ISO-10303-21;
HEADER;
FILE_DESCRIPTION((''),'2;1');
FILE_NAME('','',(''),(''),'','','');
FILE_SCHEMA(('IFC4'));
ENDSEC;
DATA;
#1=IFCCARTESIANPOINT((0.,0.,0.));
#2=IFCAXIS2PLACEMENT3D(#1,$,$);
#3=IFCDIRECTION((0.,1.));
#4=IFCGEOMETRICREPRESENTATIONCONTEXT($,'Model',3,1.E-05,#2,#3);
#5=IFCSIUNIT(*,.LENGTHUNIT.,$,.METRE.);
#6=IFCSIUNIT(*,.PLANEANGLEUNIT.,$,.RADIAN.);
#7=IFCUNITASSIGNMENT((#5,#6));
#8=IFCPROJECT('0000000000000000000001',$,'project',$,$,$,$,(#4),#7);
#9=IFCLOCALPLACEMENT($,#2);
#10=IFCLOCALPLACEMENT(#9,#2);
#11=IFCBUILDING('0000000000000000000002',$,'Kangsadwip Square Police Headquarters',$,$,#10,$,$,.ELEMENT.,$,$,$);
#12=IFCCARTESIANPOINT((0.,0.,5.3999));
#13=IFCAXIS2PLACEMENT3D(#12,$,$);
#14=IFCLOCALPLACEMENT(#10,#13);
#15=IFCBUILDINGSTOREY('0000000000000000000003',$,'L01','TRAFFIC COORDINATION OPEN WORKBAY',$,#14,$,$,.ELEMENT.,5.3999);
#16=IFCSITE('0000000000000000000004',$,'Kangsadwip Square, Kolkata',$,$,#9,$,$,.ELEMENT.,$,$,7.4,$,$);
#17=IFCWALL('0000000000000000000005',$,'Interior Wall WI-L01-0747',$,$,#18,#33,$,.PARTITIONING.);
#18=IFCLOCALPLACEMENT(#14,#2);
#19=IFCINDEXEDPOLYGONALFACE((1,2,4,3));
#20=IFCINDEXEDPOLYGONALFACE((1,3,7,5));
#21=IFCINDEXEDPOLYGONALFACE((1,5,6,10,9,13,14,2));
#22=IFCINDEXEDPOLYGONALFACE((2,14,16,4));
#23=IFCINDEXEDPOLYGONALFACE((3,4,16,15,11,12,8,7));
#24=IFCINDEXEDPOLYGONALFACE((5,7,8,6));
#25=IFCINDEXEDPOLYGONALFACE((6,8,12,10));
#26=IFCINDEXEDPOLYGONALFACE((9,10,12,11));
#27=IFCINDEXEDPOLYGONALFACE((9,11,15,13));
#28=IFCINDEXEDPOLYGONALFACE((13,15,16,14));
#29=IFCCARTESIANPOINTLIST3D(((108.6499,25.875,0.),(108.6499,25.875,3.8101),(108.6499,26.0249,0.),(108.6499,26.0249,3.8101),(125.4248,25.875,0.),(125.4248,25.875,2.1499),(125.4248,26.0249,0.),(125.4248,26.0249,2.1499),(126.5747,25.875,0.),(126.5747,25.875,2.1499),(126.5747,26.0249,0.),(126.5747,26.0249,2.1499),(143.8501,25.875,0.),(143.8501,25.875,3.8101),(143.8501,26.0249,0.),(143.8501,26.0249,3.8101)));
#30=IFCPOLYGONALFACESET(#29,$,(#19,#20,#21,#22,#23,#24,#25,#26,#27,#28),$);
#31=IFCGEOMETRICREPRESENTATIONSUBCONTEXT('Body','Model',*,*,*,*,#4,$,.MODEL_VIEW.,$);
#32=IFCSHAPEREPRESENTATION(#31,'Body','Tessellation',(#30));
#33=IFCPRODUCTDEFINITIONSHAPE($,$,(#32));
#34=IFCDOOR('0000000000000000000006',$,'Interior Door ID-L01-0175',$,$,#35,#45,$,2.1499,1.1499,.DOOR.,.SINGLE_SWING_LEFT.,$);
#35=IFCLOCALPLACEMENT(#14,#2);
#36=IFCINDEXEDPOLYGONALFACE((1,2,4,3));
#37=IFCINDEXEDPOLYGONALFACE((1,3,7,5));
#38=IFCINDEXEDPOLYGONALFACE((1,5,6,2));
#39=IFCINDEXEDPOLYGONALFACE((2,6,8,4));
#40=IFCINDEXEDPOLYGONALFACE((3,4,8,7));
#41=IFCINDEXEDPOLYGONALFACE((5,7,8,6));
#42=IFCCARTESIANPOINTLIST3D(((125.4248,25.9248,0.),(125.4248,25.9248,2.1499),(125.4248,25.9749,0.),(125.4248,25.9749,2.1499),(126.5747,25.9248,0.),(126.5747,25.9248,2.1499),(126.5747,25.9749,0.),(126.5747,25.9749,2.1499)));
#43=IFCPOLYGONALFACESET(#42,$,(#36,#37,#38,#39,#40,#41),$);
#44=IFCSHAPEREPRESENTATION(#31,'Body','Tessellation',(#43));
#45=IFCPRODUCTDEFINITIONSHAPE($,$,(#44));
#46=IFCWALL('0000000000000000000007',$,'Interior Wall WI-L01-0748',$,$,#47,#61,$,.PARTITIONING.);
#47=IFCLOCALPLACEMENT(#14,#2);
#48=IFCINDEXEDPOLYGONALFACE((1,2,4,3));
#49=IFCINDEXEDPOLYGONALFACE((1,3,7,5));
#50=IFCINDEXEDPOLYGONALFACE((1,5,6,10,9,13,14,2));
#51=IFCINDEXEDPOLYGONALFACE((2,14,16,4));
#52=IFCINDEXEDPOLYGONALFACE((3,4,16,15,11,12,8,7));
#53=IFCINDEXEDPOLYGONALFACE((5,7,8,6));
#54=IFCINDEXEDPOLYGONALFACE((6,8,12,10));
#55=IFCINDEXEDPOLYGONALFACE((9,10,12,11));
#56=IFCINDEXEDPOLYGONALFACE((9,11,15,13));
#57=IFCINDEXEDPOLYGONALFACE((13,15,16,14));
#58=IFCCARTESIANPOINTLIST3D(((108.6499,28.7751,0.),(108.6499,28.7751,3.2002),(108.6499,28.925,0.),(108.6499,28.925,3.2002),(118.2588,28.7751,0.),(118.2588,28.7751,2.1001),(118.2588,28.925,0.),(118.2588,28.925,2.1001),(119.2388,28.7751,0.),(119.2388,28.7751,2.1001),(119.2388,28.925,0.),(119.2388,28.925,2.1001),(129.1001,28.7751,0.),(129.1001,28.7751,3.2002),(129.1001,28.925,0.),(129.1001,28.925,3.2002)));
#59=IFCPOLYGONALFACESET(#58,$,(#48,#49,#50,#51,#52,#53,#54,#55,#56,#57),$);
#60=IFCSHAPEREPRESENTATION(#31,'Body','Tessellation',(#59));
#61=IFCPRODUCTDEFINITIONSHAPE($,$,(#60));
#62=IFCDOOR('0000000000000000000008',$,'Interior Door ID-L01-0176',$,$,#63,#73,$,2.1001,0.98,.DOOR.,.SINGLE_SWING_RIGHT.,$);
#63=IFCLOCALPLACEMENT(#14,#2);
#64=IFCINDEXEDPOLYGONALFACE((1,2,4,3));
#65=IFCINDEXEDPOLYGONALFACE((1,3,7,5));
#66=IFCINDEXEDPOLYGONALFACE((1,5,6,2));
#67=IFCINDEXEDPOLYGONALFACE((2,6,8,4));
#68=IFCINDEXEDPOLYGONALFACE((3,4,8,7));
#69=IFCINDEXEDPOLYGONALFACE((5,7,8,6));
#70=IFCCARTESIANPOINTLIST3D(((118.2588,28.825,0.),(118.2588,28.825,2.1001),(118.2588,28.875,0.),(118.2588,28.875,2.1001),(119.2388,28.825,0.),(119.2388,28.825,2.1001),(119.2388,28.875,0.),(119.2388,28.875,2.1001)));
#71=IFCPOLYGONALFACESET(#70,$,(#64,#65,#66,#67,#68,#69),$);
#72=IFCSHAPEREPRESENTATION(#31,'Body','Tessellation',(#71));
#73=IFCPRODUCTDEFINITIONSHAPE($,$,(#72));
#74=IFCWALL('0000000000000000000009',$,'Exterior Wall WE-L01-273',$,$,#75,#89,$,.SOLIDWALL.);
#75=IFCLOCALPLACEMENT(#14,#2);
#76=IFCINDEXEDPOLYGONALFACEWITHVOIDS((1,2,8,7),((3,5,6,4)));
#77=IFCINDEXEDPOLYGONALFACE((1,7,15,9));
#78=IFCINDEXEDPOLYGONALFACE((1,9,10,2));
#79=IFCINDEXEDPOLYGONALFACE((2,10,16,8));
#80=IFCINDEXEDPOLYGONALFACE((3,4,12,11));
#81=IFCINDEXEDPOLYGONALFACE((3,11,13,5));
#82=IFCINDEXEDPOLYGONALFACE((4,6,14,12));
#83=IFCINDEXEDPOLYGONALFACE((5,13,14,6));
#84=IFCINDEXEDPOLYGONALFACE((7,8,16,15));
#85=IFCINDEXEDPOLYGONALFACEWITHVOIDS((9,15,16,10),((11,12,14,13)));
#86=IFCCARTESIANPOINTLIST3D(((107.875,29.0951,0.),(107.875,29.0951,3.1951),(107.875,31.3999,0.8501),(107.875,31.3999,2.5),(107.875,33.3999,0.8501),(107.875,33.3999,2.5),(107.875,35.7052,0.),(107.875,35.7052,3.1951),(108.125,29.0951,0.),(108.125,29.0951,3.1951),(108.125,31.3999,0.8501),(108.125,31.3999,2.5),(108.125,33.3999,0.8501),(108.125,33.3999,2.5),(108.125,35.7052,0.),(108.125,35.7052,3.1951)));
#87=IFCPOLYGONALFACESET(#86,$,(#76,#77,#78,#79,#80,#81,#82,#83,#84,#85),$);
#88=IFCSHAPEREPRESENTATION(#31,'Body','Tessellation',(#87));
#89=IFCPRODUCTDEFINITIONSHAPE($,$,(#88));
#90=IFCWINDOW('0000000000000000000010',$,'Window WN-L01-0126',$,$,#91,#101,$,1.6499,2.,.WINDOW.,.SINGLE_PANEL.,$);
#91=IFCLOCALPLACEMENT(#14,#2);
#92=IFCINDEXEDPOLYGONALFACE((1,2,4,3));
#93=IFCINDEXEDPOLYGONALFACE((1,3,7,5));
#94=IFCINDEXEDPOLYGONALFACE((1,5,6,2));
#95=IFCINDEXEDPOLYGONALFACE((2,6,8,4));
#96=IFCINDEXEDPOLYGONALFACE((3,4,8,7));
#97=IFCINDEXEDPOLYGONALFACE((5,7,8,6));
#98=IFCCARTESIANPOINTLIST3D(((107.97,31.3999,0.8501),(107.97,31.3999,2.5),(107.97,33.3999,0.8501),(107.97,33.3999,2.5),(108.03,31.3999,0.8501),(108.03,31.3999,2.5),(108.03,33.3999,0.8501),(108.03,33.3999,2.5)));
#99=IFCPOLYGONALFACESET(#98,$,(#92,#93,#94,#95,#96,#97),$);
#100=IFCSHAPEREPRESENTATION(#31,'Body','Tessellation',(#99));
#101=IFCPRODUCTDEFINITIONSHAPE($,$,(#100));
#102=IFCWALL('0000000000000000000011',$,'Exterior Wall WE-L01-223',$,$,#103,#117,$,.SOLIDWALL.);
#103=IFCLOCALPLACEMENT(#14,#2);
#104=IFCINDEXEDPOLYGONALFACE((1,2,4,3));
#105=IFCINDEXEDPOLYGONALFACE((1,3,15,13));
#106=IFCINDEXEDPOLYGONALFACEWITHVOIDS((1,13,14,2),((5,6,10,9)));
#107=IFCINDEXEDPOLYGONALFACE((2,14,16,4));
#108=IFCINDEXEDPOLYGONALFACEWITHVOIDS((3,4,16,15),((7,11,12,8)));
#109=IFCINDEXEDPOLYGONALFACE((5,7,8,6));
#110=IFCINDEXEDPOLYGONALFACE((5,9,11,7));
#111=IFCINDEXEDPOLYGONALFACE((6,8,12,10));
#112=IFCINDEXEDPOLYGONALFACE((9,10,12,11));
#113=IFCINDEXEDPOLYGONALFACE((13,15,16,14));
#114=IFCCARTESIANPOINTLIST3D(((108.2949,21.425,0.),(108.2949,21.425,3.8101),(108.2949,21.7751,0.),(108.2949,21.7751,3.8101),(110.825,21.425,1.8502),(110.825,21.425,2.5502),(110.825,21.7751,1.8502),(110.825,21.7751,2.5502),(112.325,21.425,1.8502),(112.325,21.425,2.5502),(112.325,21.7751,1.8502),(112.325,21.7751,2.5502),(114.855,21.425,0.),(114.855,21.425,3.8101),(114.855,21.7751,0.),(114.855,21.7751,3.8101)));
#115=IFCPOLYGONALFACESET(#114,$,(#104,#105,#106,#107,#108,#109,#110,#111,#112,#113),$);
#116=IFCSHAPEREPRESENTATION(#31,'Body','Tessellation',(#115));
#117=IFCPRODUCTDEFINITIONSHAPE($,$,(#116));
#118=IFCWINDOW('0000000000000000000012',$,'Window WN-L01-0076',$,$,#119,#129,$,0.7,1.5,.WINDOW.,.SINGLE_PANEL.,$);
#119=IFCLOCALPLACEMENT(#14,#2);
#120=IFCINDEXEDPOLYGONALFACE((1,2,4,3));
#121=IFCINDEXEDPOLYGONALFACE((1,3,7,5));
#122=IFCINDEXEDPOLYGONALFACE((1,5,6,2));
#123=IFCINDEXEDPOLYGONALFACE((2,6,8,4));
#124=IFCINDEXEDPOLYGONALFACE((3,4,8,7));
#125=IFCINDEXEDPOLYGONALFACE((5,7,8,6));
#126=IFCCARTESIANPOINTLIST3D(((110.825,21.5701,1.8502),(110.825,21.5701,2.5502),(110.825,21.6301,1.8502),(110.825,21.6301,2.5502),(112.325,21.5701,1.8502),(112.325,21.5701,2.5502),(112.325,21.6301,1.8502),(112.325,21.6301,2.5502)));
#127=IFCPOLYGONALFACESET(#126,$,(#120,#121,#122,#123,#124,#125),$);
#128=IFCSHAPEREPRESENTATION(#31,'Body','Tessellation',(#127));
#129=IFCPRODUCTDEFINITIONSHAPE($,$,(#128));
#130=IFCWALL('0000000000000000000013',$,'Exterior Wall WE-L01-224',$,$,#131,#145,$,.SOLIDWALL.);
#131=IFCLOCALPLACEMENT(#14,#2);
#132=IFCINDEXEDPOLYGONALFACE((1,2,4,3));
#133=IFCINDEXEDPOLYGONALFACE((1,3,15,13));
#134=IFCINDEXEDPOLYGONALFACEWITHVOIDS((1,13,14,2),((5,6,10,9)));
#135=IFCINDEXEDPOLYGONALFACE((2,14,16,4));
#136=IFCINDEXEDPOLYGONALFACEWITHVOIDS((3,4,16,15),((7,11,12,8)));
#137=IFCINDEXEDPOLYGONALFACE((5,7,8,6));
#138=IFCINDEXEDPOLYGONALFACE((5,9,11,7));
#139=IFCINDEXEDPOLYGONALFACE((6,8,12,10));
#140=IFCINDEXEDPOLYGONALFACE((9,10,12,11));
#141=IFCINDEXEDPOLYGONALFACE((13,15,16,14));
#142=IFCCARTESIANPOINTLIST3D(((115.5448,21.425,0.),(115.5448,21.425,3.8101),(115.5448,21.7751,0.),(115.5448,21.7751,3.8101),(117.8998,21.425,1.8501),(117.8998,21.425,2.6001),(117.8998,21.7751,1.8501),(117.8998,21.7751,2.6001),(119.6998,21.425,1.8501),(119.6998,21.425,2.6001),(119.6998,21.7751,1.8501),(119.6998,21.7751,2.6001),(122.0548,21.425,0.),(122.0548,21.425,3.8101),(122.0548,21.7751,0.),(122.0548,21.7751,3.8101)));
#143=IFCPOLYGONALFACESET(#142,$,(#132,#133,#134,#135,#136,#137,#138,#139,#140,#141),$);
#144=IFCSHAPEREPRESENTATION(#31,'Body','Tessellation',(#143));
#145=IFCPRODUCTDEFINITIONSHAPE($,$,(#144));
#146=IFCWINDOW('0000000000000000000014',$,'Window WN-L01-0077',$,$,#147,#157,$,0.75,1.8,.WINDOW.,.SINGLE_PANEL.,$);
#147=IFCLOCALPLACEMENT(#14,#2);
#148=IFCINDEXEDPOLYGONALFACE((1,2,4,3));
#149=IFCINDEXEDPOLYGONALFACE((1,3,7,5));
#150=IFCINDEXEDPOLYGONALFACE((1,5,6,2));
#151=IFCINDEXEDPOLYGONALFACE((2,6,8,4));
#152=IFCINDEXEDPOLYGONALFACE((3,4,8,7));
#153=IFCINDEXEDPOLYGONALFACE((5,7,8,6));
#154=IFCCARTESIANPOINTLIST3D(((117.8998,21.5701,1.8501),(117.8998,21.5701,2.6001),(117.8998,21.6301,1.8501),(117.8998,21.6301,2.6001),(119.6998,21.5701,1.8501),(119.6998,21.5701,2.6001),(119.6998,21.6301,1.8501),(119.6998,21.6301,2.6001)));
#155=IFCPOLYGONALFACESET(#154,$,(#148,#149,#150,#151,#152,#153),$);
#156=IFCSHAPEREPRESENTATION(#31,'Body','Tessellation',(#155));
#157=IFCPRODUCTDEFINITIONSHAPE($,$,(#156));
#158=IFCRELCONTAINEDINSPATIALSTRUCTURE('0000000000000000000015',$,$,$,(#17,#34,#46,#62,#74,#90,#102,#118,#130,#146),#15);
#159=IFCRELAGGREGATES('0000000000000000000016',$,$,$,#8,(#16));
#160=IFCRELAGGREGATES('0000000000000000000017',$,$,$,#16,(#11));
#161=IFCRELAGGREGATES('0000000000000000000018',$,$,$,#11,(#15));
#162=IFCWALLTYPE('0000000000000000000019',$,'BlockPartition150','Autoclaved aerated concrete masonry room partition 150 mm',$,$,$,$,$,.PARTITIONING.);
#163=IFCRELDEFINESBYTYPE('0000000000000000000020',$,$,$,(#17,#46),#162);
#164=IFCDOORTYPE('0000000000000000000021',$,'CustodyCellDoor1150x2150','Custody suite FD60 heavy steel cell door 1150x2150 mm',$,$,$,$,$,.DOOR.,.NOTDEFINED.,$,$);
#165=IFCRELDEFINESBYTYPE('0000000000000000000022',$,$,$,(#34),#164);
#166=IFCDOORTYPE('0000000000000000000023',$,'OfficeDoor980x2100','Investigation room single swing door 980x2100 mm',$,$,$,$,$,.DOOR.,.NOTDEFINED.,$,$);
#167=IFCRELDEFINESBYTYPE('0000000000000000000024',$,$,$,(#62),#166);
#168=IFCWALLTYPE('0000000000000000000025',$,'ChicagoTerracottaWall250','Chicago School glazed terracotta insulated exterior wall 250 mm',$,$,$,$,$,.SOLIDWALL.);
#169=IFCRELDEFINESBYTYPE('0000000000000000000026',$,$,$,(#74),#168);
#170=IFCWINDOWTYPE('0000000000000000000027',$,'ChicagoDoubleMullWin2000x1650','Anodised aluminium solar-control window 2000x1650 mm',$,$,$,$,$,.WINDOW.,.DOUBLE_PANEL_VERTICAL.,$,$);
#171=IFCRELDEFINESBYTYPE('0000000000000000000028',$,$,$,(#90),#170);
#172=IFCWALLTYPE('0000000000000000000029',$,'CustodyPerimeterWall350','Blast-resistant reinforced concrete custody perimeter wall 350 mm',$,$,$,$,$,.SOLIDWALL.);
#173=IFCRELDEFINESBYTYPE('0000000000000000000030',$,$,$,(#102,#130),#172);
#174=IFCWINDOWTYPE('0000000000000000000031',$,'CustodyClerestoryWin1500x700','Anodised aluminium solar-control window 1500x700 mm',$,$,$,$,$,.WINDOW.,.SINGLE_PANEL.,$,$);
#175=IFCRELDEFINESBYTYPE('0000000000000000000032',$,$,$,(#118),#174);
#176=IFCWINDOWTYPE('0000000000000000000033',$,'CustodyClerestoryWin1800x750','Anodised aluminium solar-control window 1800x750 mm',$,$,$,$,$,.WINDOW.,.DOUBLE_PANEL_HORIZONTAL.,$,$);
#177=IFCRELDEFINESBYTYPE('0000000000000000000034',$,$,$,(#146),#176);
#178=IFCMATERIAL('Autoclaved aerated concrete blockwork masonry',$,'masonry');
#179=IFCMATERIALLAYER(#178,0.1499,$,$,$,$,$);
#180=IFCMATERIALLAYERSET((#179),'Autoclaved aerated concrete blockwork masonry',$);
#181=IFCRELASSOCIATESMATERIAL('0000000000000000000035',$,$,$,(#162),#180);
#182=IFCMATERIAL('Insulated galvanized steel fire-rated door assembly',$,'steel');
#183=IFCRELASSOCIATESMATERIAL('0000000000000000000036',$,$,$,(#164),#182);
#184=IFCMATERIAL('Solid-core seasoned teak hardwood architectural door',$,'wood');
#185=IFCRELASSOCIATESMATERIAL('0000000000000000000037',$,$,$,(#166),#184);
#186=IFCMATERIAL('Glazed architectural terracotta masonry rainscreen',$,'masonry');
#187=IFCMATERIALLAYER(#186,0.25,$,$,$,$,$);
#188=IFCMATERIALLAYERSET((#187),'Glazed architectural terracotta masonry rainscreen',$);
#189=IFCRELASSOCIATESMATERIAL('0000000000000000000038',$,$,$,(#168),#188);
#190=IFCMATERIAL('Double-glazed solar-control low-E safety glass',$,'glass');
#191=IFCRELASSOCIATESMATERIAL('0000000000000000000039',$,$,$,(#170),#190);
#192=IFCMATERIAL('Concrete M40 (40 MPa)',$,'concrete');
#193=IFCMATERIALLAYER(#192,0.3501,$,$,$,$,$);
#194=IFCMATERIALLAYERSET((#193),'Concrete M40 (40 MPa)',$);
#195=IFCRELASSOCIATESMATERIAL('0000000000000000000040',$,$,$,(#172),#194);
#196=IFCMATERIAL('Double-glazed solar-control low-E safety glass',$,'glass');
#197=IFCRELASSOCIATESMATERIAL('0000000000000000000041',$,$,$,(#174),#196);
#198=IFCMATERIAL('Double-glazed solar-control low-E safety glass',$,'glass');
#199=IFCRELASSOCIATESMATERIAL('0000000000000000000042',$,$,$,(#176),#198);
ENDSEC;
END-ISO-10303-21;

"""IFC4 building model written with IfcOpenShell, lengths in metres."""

from ifc_helpers import new_model, si_unit, direction, frame, frame_2d, origin, place, context, subcontext, project, spatial, rectangle, extrude, material, layer, layer_set, type_object, element, fill, save


model = new_model("IFC4")

# Units and contexts
model_context = context("Model", 3, precision=1e-05, world=origin(), true_north=direction((0.0, 1.0)))
body_context = subcontext(model_context, "Body", "Model", "MODEL_VIEW")
ifc_project = project(units=[si_unit("LENGTHUNIT", "METRE"), si_unit("PLANEANGLEUNIT", "RADIAN")], contexts=[model_context])

# Site, building, storey
site_placement = place(None, origin())
site = spatial("IfcSite", under=ifc_project, at=site_placement, Name="Kangsadwip Square, Kolkata", CompositionType="ELEMENT", RefElevation=7.4)
building_placement = place(site_placement, origin())
building = spatial("IfcBuilding", under=site, at=building_placement, Name="Kangsadwip Square Police Headquarters", CompositionType="ELEMENT")
storey_placement = place(building_placement, frame((0.0, 0.0, 5.3999)))
storey = spatial("IfcBuildingStorey", under=building, at=storey_placement, Name="L01", Description="TRAFFIC COORDINATION OPEN WORKBAY", CompositionType="ELEMENT", Elevation=5.3999)

# Walls, openings, doors
ifc_material_1 = material(Name="Autoclaved aerated concrete blockwork masonry", Category="masonry")
ifc_layer_1 = layer(ifc_material_1, 0.1499)
ifc_layer_set_1 = layer_set([ifc_layer_1], Name="Autoclaved aerated concrete blockwork masonry")
wall_type_1 = type_object("IfcWallType", Name="BlockPartition150", Description="Autoclaved aerated concrete masonry room partition 150 mm", PredefinedType="PARTITIONING", material=ifc_layer_set_1)
wall_1_placement = place(storey_placement, frame((108.6499, 25.95, 0.0), z_axis=(0.0, 0.0, 1.0), x_axis=(1.0, 0.0, 0.0)))
wall_1 = element("IfcWall", 1, at=wall_1_placement, inside=storey, type_object=wall_type_1, Name="Interior Wall WI-L01-0747", PredefinedType="PARTITIONING", context=body_context, shape_type="SweptSolid", body=[
    extrude(rectangle(XDim=35.2002, YDim=0.1499, at=frame_2d((17.6001, 0.0))), origin(), (0.0, 0.0, 1.0), 3.8101),
])
opening_1_placement = place(wall_1_placement, frame((16.7749, 0.0, 0.0)))
opening_1 = element("IfcOpeningElement", 2, at=opening_1_placement, cuts=wall_1, PredefinedType="OPENING", context=body_context, shape_type="SweptSolid", body=[
    extrude(rectangle(XDim=1.1499, YDim=2.1499, at=frame_2d((0.575, 1.075))), frame((0.0, 0.085, 0.0), z_axis=(0.0, -1.0, 0.0), x_axis=(1.0, 0.0, 0.0)), (0.0, 0.0, 1.0), 0.1699),
])
ifc_material_2 = material(Name="Insulated galvanized steel fire-rated door assembly", Category="steel")
door_type_1 = type_object("IfcDoorType", Name="CustodyCellDoor1150x2150", Description="Custody suite FD60 heavy steel cell door 1150x2150 mm", OperationType="NOTDEFINED", PredefinedType="DOOR", material=ifc_material_2)
door_1_placement = place(opening_1_placement, origin())
door_1 = element("IfcDoor", 3, at=door_1_placement, inside=storey, type_object=door_type_1, Name="Interior Door ID-L01-0175", OperationType="SINGLE_SWING_LEFT", OverallHeight=2.1499, OverallWidth=1.1499, PredefinedType="DOOR", context=body_context, shape_type="SweptSolid", body=[
    extrude(rectangle(XDim=1.1499, YDim=2.1499, at=frame_2d((0.575, 1.075))), frame((0.0, 0.0249, 0.0), z_axis=(0.0, -1.0, 0.0), x_axis=(1.0, 0.0, 0.0)), (0.0, 0.0, 1.0), 0.05),
])
fill(opening_1, door_1)
wall_2_placement = place(storey_placement, frame((108.6499, 28.8501, 0.0), z_axis=(0.0, 0.0, 1.0), x_axis=(1.0, 0.0, 0.0)))
wall_2 = element("IfcWall", 4, at=wall_2_placement, inside=storey, type_object=wall_type_1, Name="Interior Wall WI-L01-0748", PredefinedType="PARTITIONING", context=body_context, shape_type="SweptSolid", body=[
    extrude(rectangle(XDim=20.4502, YDim=0.1499, at=frame_2d((10.2251, 0.0))), origin(), (0.0, 0.0, 1.0), 3.2002),
])
opening_2_placement = place(wall_2_placement, frame((9.6089, 0.0, 0.0)))
opening_2 = element("IfcOpeningElement", 5, at=opening_2_placement, cuts=wall_2, PredefinedType="OPENING", context=body_context, shape_type="SweptSolid", body=[
    extrude(rectangle(XDim=0.98, YDim=2.1001, at=frame_2d((0.49, 1.05))), frame((0.0, 0.085, 0.0), z_axis=(0.0, -1.0, 0.0), x_axis=(1.0, 0.0, 0.0)), (0.0, 0.0, 1.0), 0.1699),
])
ifc_material_3 = material(Name="Solid-core seasoned teak hardwood architectural door", Category="wood")
door_type_2 = type_object("IfcDoorType", Name="OfficeDoor980x2100", Description="Investigation room single swing door 980x2100 mm", OperationType="NOTDEFINED", PredefinedType="DOOR", material=ifc_material_3)
door_2_placement = place(opening_2_placement, origin())
door_2 = element("IfcDoor", 6, at=door_2_placement, inside=storey, type_object=door_type_2, Name="Interior Door ID-L01-0176", OperationType="SINGLE_SWING_RIGHT", OverallHeight=2.1001, OverallWidth=0.98, PredefinedType="DOOR", context=body_context, shape_type="SweptSolid", body=[
    extrude(rectangle(XDim=0.98, YDim=2.1001, at=frame_2d((0.49, 1.05))), frame((0.0, 0.0249, 0.0), z_axis=(0.0, -1.0, 0.0), x_axis=(1.0, 0.0, 0.0)), (0.0, 0.0, 1.0), 0.05),
])
fill(opening_2, door_2)

# Walls, openings, windows
ifc_material_4 = material(Name="Glazed architectural terracotta masonry rainscreen", Category="masonry")
ifc_layer_2 = layer(ifc_material_4, 0.25)
ifc_layer_set_2 = layer_set([ifc_layer_2], Name="Glazed architectural terracotta masonry rainscreen")
wall_type_2 = type_object("IfcWallType", Name="ChicagoTerracottaWall250", Description="Chicago School glazed terracotta insulated exterior wall 250 mm", PredefinedType="SOLIDWALL", material=ifc_layer_set_2)
wall_3_placement = place(storey_placement, frame((108.0, 29.095, 0.0), z_axis=(0.0, 0.0, 1.0), x_axis=(0.0, 1.0, 0.0)))
wall_3 = element("IfcWall", 7, at=wall_3_placement, inside=storey, type_object=wall_type_2, Name="Exterior Wall WE-L01-273", PredefinedType="SOLIDWALL", context=body_context, shape_type="SweptSolid", body=[
    extrude(rectangle(XDim=6.6101, YDim=0.25, at=frame_2d((3.3052, 0.0))), origin(), (0.0, 0.0, 1.0), 3.1951),
])
opening_3_placement = place(wall_3_placement, frame((2.3049, 0.0, 0.8501)))
opening_3 = element("IfcOpeningElement", 8, at=opening_3_placement, cuts=wall_3, PredefinedType="OPENING", context=body_context, shape_type="SweptSolid", body=[
    extrude(rectangle(XDim=2.0, YDim=1.6499, at=frame_2d((1.0, 0.825))), frame((0.0, 0.135, 0.0), z_axis=(0.0, -1.0, 0.0), x_axis=(1.0, 0.0, 0.0)), (0.0, 0.0, 1.0), 0.27),
])
ifc_material_5 = material(Name="Double-glazed solar-control low-E safety glass", Category="glass")
window_type_1 = type_object("IfcWindowType", Name="ChicagoDoubleMullWin2000x1650", Description="Anodised aluminium solar-control window 2000x1650 mm", PartitioningType="DOUBLE_PANEL_VERTICAL", PredefinedType="WINDOW", material=ifc_material_5)
window_1_placement = place(opening_3_placement, origin())
window_1 = element("IfcWindow", 9, at=window_1_placement, inside=storey, type_object=window_type_1, Name="Window WN-L01-0126", OverallHeight=1.6499, OverallWidth=2.0, PartitioningType="SINGLE_PANEL", PredefinedType="WINDOW", context=body_context, shape_type="SweptSolid", body=[
    extrude(rectangle(XDim=2.0, YDim=1.6499, at=frame_2d((1.0, 0.825))), frame((0.0, 0.03, 0.0), z_axis=(0.0, -1.0, 0.0), x_axis=(1.0, 0.0, 0.0)), (0.0, 0.0, 1.0), 0.0601),
])
fill(opening_3, window_1)
ifc_material_6 = material(Name="Concrete M40 (40 MPa)", Category="concrete")
ifc_layer_3 = layer(ifc_material_6, 0.3501)
ifc_layer_set_3 = layer_set([ifc_layer_3], Name="Concrete M40 (40 MPa)")
wall_type_3 = type_object("IfcWallType", Name="CustodyPerimeterWall350", Description="Blast-resistant reinforced concrete custody perimeter wall 350 mm", PredefinedType="SOLIDWALL", material=ifc_layer_set_3)
wall_4_placement = place(storey_placement, frame((108.2949, 21.6001, 0.0), z_axis=(0.0, 0.0, 1.0), x_axis=(1.0, 0.0, 0.0)))
wall_4 = element("IfcWall", 10, at=wall_4_placement, inside=storey, type_object=wall_type_3, Name="Exterior Wall WE-L01-223", PredefinedType="SOLIDWALL", context=body_context, shape_type="SweptSolid", body=[
    extrude(rectangle(XDim=6.5601, YDim=0.3501, at=frame_2d((3.28, 0.0))), origin(), (0.0, 0.0, 1.0), 3.8101),
])
opening_4_placement = place(wall_4_placement, frame((2.53, 0.0, 1.8501)))
opening_4 = element("IfcOpeningElement", 11, at=opening_4_placement, cuts=wall_4, PredefinedType="OPENING", context=body_context, shape_type="SweptSolid", body=[
    extrude(rectangle(XDim=1.5, YDim=0.7, at=frame_2d((0.75, 0.3501))), frame((0.0, 0.1851, 0.0), z_axis=(0.0, -1.0, 0.0), x_axis=(1.0, 0.0, 0.0)), (0.0, 0.0, 1.0), 0.3701),
])
ifc_material_7 = material(Name="Double-glazed solar-control low-E safety glass", Category="glass")
window_type_2 = type_object("IfcWindowType", Name="CustodyClerestoryWin1500x700", Description="Anodised aluminium solar-control window 1500x700 mm", PartitioningType="SINGLE_PANEL", PredefinedType="WINDOW", material=ifc_material_7)
window_2_placement = place(opening_4_placement, origin())
window_2 = element("IfcWindow", 12, at=window_2_placement, inside=storey, type_object=window_type_2, Name="Window WN-L01-0076", OverallHeight=0.7, OverallWidth=1.5, PartitioningType="SINGLE_PANEL", PredefinedType="WINDOW", context=body_context, shape_type="SweptSolid", body=[
    extrude(rectangle(XDim=1.5, YDim=0.7, at=frame_2d((0.75, 0.3501))), frame((0.0, 0.03, 0.0), z_axis=(0.0, -1.0, 0.0), x_axis=(1.0, 0.0, 0.0)), (0.0, 0.0, 1.0), 0.0601),
])
fill(opening_4, window_2)
wall_5_placement = place(storey_placement, frame((115.5449, 21.6001, 0.0), z_axis=(0.0, 0.0, 1.0), x_axis=(1.0, 0.0, 0.0)))
wall_5 = element("IfcWall", 13, at=wall_5_placement, inside=storey, type_object=wall_type_3, Name="Exterior Wall WE-L01-224", PredefinedType="SOLIDWALL", context=body_context, shape_type="SweptSolid", body=[
    extrude(rectangle(XDim=6.51, YDim=0.3501, at=frame_2d((3.2549, 0.0))), origin(), (0.0, 0.0, 1.0), 3.8101),
])
opening_5_placement = place(wall_5_placement, frame((2.355, 0.0, 1.8501)))
opening_5 = element("IfcOpeningElement", 14, at=opening_5_placement, cuts=wall_5, PredefinedType="OPENING", context=body_context, shape_type="SweptSolid", body=[
    extrude(rectangle(XDim=1.8, YDim=0.75, at=frame_2d((0.8999, 0.375))), frame((0.0, 0.1851, 0.0), z_axis=(0.0, -1.0, 0.0), x_axis=(1.0, 0.0, 0.0)), (0.0, 0.0, 1.0), 0.3701),
])
ifc_material_8 = material(Name="Double-glazed solar-control low-E safety glass", Category="glass")
window_type_3 = type_object("IfcWindowType", Name="CustodyClerestoryWin1800x750", Description="Anodised aluminium solar-control window 1800x750 mm", PartitioningType="DOUBLE_PANEL_HORIZONTAL", PredefinedType="WINDOW", material=ifc_material_8)
window_3_placement = place(opening_5_placement, origin())
window_3 = element("IfcWindow", 15, at=window_3_placement, inside=storey, type_object=window_type_3, Name="Window WN-L01-0077", OverallHeight=0.75, OverallWidth=1.8, PartitioningType="SINGLE_PANEL", PredefinedType="WINDOW", context=body_context, shape_type="SweptSolid", body=[
    extrude(rectangle(XDim=1.8, YDim=0.75, at=frame_2d((0.8999, 0.375))), frame((0.0, 0.03, 0.0), z_axis=(0.0, -1.0, 0.0), x_axis=(1.0, 0.0, 0.0)), (0.0, 0.0, 1.0), 0.0601),
])
fill(opening_5, window_3)

save(model, "model.ifc")
